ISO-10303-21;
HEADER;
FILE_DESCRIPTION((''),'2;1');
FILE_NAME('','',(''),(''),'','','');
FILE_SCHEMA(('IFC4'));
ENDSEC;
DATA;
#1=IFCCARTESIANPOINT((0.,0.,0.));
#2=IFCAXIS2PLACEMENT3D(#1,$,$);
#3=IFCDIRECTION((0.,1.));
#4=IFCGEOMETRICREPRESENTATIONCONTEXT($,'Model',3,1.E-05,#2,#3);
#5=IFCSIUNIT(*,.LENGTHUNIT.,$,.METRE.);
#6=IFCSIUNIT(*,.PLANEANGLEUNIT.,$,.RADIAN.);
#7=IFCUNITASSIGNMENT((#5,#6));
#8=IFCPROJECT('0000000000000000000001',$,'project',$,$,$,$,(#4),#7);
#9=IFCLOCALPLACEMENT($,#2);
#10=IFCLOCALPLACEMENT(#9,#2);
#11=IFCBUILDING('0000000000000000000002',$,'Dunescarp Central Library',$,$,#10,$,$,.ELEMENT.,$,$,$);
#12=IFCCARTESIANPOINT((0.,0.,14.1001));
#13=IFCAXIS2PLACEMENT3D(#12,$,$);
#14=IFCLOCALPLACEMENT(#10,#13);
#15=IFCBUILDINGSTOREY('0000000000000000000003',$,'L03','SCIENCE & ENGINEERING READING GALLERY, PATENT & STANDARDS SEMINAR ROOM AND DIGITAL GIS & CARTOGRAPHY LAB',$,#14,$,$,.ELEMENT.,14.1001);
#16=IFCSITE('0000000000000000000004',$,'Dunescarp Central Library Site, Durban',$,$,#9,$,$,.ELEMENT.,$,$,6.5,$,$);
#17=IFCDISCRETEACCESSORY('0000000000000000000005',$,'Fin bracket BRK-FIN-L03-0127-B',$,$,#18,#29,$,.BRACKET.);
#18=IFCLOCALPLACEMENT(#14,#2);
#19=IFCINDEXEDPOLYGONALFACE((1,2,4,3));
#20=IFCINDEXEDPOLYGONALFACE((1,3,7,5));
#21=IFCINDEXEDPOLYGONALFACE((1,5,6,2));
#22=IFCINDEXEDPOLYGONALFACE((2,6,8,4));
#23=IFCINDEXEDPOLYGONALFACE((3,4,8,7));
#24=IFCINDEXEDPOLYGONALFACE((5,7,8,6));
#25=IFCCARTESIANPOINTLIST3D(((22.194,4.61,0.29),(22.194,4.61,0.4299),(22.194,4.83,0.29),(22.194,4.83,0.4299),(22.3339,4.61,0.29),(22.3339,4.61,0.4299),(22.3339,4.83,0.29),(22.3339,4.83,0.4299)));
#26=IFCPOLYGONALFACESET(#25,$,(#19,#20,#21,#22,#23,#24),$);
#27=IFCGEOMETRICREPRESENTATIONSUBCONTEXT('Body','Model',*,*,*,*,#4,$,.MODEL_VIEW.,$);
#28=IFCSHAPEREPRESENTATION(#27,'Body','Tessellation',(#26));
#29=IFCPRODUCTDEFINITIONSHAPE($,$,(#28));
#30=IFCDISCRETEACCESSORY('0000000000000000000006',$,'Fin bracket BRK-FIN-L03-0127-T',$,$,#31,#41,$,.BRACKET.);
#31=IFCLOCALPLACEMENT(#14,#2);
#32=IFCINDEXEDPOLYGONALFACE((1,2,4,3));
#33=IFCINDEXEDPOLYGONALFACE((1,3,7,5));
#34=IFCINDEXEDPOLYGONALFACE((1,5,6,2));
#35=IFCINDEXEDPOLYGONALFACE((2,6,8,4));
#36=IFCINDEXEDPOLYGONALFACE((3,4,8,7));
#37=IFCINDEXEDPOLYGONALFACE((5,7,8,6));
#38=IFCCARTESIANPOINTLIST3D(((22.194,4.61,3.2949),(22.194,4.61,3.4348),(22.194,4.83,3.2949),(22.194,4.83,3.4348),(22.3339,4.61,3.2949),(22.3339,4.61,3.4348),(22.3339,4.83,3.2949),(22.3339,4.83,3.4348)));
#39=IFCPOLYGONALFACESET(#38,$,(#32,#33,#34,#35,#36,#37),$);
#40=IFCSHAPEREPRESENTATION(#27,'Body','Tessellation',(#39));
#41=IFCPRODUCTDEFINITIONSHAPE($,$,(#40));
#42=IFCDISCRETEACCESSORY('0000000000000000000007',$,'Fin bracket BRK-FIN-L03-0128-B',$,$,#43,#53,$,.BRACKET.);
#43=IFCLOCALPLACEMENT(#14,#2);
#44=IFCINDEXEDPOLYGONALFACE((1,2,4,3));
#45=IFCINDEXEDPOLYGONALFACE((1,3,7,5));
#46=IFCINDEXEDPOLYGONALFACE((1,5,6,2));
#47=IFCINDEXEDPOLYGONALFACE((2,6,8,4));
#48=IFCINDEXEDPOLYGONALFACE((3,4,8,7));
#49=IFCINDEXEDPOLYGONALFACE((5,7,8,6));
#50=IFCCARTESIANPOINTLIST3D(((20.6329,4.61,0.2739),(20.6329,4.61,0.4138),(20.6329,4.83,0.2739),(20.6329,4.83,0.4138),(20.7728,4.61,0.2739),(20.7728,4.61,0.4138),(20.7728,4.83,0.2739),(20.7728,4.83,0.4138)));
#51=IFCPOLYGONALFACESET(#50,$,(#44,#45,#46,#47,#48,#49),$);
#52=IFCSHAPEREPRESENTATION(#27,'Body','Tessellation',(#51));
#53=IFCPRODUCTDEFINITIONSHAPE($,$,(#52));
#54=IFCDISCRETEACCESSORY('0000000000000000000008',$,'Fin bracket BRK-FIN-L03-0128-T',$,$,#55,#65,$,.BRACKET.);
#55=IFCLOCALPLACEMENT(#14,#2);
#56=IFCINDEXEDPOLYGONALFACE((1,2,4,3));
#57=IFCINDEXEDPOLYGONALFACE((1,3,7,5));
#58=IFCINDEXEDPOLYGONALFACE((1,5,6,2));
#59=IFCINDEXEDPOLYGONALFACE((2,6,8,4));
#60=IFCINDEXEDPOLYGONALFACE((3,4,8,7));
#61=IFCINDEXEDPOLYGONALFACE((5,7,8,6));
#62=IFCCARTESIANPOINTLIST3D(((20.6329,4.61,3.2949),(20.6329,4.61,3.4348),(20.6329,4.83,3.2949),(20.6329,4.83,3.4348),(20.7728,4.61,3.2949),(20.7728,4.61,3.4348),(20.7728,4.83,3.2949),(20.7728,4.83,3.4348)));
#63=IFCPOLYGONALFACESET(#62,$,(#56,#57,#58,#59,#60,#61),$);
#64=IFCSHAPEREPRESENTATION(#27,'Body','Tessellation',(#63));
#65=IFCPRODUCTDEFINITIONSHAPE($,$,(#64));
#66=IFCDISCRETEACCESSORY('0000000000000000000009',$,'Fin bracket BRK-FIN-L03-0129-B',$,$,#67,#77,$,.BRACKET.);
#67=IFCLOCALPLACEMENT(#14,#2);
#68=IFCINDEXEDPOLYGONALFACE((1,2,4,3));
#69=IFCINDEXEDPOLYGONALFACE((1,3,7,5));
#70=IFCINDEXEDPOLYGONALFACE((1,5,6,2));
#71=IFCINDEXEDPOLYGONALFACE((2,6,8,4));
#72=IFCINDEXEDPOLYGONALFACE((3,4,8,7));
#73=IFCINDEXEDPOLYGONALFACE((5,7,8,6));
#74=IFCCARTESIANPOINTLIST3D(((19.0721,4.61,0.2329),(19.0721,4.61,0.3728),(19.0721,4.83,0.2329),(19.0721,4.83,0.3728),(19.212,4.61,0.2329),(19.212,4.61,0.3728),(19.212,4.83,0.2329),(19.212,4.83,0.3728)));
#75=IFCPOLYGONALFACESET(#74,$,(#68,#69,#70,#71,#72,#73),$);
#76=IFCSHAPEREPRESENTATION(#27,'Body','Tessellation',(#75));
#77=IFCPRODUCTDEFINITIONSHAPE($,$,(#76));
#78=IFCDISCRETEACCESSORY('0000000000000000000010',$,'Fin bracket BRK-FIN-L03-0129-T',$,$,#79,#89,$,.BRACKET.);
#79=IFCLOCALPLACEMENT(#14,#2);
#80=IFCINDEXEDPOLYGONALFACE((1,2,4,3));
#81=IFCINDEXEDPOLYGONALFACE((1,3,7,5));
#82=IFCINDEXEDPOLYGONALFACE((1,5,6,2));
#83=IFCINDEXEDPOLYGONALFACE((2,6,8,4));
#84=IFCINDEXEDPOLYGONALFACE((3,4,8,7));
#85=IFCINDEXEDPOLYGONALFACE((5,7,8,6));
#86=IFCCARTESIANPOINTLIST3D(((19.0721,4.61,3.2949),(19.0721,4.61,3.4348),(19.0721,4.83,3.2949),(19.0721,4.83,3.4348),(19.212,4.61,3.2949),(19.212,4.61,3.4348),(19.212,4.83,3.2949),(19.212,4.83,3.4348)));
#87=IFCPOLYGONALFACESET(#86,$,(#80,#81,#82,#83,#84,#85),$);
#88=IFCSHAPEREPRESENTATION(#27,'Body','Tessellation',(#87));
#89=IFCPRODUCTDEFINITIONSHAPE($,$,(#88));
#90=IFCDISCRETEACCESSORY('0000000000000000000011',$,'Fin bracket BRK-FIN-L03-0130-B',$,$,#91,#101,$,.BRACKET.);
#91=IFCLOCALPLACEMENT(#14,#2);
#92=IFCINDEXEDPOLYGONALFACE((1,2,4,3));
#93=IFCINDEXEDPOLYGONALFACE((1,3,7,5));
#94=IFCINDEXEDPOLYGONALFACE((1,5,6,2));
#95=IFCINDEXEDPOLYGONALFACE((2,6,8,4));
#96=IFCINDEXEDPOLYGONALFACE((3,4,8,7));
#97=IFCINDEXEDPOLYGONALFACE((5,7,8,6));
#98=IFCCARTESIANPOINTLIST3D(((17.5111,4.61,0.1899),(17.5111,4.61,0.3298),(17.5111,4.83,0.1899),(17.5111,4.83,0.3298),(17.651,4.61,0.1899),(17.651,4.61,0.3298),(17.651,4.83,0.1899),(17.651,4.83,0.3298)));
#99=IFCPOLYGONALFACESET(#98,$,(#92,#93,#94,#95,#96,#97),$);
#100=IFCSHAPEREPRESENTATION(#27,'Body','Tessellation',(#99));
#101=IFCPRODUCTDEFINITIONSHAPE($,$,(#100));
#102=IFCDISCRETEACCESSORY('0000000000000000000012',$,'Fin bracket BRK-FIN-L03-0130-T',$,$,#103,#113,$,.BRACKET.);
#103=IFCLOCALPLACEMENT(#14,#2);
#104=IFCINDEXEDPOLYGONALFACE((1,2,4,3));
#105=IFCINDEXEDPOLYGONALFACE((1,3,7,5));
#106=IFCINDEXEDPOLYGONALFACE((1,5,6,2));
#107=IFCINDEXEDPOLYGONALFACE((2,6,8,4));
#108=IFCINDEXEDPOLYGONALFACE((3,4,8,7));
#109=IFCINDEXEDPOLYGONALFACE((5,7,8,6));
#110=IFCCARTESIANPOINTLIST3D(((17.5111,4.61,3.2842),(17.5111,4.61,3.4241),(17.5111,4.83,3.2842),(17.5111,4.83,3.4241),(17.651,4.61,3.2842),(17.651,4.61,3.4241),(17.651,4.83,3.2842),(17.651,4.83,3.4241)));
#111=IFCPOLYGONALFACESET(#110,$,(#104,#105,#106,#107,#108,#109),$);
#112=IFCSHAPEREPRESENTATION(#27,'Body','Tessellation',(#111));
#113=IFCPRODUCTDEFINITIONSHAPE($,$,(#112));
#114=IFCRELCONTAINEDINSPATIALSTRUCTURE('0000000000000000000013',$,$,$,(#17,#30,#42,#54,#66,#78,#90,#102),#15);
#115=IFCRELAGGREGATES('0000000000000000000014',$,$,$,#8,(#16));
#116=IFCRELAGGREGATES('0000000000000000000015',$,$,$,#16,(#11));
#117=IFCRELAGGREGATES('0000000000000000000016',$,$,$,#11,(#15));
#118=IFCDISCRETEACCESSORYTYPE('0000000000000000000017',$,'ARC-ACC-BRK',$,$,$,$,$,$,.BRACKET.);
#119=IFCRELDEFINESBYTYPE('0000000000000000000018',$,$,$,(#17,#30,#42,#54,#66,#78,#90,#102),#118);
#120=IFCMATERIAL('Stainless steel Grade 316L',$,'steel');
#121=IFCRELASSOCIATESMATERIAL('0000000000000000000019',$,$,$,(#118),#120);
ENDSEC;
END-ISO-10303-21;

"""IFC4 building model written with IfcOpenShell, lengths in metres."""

from ifc_helpers import new_model, si_unit, direction, frame, origin, origin_2d, place, context, subcontext, project, spatial, rectangle, extrude, material, type_object, element, save


model = new_model("IFC4")

# Units and contexts
model_context = context("Model", 3, precision=1e-05, world=origin(), true_north=direction((0.0, 1.0)))
body_context = subcontext(model_context, "Body", "Model", "MODEL_VIEW")
ifc_project = project(units=[si_unit("LENGTHUNIT", "METRE"), si_unit("PLANEANGLEUNIT", "RADIAN")], contexts=[model_context])

# Site, building, storey
site_placement = place(None, origin())
site = spatial("IfcSite", under=ifc_project, at=site_placement, Name="Dunescarp Central Library Site, Durban", CompositionType="ELEMENT", RefElevation=6.5)
building_placement = place(site_placement, origin())
building = spatial("IfcBuilding", under=site, at=building_placement, Name="Dunescarp Central Library", CompositionType="ELEMENT")
storey_placement = place(building_placement, frame((0.0, 0.0, 14.1001)))
storey = spatial("IfcBuildingStorey", under=building, at=storey_placement, Name="L03", Description="SCIENCE & ENGINEERING READING GALLERY, PATENT & STANDARDS SEMINAR ROOM AND DIGITAL GIS & CARTOGRAPHY LAB", CompositionType="ELEMENT", Elevation=14.1001)

# Discrete accessories
ifc_material_1 = material(Name="Stainless steel Grade 316L", Category="steel")
discrete_accessory_type = type_object("IfcDiscreteAccessoryType", Name="ARC-ACC-BRK", PredefinedType="BRACKET", material=ifc_material_1)
for number, where, z_axis, x_axis, name in (
    (1, (22.2639, 4.72, 0.29), (0.0, 0.0, 1.0), (0.0, -1.0, 0.0), "Fin bracket BRK-FIN-L03-0127-B"),
    (2, (22.2639, 4.72, 3.2949), (0.0, 0.0, 1.0), (0.0, -1.0, 0.0), "Fin bracket BRK-FIN-L03-0127-T"),
    (3, (20.7029, 4.72, 0.2739), (0.0, 0.0, 1.0), (0.0, -1.0, 0.0), "Fin bracket BRK-FIN-L03-0128-B"),
    (4, (20.7029, 4.72, 3.2949), (0.0, 0.0, 1.0), (0.0, -1.0, 0.0), "Fin bracket BRK-FIN-L03-0128-T"),
    (5, (19.1421, 4.72, 0.2329), (0.0, 0.0, 1.0), (0.0, -1.0, 0.0), "Fin bracket BRK-FIN-L03-0129-B"),
    (6, (19.1421, 4.72, 3.2949), (0.0, 0.0, 1.0), (0.0, -1.0, 0.0), "Fin bracket BRK-FIN-L03-0129-T"),
    (7, (17.5811, 4.72, 0.1899), (0.0, 0.0, 1.0), (0.0, -1.0, 0.0), "Fin bracket BRK-FIN-L03-0130-B"),
    (8, (17.5811, 4.72, 3.2842), (0.0, 0.0, 1.0), (0.0, -1.0, 0.0), "Fin bracket BRK-FIN-L03-0130-T"),
):
    element("IfcDiscreteAccessory", number, at=place(storey_placement, frame(where, z_axis=z_axis, x_axis=x_axis)), inside=storey, type_object=discrete_accessory_type, Name=name, PredefinedType="BRACKET", context=body_context, shape_type="SweptSolid", body=[
        extrude(rectangle(XDim=0.22, YDim=0.1399, at=origin_2d()), origin(), (0.0, 0.0, 1.0), 0.1399),
    ])

save(model, "model.ifc")
